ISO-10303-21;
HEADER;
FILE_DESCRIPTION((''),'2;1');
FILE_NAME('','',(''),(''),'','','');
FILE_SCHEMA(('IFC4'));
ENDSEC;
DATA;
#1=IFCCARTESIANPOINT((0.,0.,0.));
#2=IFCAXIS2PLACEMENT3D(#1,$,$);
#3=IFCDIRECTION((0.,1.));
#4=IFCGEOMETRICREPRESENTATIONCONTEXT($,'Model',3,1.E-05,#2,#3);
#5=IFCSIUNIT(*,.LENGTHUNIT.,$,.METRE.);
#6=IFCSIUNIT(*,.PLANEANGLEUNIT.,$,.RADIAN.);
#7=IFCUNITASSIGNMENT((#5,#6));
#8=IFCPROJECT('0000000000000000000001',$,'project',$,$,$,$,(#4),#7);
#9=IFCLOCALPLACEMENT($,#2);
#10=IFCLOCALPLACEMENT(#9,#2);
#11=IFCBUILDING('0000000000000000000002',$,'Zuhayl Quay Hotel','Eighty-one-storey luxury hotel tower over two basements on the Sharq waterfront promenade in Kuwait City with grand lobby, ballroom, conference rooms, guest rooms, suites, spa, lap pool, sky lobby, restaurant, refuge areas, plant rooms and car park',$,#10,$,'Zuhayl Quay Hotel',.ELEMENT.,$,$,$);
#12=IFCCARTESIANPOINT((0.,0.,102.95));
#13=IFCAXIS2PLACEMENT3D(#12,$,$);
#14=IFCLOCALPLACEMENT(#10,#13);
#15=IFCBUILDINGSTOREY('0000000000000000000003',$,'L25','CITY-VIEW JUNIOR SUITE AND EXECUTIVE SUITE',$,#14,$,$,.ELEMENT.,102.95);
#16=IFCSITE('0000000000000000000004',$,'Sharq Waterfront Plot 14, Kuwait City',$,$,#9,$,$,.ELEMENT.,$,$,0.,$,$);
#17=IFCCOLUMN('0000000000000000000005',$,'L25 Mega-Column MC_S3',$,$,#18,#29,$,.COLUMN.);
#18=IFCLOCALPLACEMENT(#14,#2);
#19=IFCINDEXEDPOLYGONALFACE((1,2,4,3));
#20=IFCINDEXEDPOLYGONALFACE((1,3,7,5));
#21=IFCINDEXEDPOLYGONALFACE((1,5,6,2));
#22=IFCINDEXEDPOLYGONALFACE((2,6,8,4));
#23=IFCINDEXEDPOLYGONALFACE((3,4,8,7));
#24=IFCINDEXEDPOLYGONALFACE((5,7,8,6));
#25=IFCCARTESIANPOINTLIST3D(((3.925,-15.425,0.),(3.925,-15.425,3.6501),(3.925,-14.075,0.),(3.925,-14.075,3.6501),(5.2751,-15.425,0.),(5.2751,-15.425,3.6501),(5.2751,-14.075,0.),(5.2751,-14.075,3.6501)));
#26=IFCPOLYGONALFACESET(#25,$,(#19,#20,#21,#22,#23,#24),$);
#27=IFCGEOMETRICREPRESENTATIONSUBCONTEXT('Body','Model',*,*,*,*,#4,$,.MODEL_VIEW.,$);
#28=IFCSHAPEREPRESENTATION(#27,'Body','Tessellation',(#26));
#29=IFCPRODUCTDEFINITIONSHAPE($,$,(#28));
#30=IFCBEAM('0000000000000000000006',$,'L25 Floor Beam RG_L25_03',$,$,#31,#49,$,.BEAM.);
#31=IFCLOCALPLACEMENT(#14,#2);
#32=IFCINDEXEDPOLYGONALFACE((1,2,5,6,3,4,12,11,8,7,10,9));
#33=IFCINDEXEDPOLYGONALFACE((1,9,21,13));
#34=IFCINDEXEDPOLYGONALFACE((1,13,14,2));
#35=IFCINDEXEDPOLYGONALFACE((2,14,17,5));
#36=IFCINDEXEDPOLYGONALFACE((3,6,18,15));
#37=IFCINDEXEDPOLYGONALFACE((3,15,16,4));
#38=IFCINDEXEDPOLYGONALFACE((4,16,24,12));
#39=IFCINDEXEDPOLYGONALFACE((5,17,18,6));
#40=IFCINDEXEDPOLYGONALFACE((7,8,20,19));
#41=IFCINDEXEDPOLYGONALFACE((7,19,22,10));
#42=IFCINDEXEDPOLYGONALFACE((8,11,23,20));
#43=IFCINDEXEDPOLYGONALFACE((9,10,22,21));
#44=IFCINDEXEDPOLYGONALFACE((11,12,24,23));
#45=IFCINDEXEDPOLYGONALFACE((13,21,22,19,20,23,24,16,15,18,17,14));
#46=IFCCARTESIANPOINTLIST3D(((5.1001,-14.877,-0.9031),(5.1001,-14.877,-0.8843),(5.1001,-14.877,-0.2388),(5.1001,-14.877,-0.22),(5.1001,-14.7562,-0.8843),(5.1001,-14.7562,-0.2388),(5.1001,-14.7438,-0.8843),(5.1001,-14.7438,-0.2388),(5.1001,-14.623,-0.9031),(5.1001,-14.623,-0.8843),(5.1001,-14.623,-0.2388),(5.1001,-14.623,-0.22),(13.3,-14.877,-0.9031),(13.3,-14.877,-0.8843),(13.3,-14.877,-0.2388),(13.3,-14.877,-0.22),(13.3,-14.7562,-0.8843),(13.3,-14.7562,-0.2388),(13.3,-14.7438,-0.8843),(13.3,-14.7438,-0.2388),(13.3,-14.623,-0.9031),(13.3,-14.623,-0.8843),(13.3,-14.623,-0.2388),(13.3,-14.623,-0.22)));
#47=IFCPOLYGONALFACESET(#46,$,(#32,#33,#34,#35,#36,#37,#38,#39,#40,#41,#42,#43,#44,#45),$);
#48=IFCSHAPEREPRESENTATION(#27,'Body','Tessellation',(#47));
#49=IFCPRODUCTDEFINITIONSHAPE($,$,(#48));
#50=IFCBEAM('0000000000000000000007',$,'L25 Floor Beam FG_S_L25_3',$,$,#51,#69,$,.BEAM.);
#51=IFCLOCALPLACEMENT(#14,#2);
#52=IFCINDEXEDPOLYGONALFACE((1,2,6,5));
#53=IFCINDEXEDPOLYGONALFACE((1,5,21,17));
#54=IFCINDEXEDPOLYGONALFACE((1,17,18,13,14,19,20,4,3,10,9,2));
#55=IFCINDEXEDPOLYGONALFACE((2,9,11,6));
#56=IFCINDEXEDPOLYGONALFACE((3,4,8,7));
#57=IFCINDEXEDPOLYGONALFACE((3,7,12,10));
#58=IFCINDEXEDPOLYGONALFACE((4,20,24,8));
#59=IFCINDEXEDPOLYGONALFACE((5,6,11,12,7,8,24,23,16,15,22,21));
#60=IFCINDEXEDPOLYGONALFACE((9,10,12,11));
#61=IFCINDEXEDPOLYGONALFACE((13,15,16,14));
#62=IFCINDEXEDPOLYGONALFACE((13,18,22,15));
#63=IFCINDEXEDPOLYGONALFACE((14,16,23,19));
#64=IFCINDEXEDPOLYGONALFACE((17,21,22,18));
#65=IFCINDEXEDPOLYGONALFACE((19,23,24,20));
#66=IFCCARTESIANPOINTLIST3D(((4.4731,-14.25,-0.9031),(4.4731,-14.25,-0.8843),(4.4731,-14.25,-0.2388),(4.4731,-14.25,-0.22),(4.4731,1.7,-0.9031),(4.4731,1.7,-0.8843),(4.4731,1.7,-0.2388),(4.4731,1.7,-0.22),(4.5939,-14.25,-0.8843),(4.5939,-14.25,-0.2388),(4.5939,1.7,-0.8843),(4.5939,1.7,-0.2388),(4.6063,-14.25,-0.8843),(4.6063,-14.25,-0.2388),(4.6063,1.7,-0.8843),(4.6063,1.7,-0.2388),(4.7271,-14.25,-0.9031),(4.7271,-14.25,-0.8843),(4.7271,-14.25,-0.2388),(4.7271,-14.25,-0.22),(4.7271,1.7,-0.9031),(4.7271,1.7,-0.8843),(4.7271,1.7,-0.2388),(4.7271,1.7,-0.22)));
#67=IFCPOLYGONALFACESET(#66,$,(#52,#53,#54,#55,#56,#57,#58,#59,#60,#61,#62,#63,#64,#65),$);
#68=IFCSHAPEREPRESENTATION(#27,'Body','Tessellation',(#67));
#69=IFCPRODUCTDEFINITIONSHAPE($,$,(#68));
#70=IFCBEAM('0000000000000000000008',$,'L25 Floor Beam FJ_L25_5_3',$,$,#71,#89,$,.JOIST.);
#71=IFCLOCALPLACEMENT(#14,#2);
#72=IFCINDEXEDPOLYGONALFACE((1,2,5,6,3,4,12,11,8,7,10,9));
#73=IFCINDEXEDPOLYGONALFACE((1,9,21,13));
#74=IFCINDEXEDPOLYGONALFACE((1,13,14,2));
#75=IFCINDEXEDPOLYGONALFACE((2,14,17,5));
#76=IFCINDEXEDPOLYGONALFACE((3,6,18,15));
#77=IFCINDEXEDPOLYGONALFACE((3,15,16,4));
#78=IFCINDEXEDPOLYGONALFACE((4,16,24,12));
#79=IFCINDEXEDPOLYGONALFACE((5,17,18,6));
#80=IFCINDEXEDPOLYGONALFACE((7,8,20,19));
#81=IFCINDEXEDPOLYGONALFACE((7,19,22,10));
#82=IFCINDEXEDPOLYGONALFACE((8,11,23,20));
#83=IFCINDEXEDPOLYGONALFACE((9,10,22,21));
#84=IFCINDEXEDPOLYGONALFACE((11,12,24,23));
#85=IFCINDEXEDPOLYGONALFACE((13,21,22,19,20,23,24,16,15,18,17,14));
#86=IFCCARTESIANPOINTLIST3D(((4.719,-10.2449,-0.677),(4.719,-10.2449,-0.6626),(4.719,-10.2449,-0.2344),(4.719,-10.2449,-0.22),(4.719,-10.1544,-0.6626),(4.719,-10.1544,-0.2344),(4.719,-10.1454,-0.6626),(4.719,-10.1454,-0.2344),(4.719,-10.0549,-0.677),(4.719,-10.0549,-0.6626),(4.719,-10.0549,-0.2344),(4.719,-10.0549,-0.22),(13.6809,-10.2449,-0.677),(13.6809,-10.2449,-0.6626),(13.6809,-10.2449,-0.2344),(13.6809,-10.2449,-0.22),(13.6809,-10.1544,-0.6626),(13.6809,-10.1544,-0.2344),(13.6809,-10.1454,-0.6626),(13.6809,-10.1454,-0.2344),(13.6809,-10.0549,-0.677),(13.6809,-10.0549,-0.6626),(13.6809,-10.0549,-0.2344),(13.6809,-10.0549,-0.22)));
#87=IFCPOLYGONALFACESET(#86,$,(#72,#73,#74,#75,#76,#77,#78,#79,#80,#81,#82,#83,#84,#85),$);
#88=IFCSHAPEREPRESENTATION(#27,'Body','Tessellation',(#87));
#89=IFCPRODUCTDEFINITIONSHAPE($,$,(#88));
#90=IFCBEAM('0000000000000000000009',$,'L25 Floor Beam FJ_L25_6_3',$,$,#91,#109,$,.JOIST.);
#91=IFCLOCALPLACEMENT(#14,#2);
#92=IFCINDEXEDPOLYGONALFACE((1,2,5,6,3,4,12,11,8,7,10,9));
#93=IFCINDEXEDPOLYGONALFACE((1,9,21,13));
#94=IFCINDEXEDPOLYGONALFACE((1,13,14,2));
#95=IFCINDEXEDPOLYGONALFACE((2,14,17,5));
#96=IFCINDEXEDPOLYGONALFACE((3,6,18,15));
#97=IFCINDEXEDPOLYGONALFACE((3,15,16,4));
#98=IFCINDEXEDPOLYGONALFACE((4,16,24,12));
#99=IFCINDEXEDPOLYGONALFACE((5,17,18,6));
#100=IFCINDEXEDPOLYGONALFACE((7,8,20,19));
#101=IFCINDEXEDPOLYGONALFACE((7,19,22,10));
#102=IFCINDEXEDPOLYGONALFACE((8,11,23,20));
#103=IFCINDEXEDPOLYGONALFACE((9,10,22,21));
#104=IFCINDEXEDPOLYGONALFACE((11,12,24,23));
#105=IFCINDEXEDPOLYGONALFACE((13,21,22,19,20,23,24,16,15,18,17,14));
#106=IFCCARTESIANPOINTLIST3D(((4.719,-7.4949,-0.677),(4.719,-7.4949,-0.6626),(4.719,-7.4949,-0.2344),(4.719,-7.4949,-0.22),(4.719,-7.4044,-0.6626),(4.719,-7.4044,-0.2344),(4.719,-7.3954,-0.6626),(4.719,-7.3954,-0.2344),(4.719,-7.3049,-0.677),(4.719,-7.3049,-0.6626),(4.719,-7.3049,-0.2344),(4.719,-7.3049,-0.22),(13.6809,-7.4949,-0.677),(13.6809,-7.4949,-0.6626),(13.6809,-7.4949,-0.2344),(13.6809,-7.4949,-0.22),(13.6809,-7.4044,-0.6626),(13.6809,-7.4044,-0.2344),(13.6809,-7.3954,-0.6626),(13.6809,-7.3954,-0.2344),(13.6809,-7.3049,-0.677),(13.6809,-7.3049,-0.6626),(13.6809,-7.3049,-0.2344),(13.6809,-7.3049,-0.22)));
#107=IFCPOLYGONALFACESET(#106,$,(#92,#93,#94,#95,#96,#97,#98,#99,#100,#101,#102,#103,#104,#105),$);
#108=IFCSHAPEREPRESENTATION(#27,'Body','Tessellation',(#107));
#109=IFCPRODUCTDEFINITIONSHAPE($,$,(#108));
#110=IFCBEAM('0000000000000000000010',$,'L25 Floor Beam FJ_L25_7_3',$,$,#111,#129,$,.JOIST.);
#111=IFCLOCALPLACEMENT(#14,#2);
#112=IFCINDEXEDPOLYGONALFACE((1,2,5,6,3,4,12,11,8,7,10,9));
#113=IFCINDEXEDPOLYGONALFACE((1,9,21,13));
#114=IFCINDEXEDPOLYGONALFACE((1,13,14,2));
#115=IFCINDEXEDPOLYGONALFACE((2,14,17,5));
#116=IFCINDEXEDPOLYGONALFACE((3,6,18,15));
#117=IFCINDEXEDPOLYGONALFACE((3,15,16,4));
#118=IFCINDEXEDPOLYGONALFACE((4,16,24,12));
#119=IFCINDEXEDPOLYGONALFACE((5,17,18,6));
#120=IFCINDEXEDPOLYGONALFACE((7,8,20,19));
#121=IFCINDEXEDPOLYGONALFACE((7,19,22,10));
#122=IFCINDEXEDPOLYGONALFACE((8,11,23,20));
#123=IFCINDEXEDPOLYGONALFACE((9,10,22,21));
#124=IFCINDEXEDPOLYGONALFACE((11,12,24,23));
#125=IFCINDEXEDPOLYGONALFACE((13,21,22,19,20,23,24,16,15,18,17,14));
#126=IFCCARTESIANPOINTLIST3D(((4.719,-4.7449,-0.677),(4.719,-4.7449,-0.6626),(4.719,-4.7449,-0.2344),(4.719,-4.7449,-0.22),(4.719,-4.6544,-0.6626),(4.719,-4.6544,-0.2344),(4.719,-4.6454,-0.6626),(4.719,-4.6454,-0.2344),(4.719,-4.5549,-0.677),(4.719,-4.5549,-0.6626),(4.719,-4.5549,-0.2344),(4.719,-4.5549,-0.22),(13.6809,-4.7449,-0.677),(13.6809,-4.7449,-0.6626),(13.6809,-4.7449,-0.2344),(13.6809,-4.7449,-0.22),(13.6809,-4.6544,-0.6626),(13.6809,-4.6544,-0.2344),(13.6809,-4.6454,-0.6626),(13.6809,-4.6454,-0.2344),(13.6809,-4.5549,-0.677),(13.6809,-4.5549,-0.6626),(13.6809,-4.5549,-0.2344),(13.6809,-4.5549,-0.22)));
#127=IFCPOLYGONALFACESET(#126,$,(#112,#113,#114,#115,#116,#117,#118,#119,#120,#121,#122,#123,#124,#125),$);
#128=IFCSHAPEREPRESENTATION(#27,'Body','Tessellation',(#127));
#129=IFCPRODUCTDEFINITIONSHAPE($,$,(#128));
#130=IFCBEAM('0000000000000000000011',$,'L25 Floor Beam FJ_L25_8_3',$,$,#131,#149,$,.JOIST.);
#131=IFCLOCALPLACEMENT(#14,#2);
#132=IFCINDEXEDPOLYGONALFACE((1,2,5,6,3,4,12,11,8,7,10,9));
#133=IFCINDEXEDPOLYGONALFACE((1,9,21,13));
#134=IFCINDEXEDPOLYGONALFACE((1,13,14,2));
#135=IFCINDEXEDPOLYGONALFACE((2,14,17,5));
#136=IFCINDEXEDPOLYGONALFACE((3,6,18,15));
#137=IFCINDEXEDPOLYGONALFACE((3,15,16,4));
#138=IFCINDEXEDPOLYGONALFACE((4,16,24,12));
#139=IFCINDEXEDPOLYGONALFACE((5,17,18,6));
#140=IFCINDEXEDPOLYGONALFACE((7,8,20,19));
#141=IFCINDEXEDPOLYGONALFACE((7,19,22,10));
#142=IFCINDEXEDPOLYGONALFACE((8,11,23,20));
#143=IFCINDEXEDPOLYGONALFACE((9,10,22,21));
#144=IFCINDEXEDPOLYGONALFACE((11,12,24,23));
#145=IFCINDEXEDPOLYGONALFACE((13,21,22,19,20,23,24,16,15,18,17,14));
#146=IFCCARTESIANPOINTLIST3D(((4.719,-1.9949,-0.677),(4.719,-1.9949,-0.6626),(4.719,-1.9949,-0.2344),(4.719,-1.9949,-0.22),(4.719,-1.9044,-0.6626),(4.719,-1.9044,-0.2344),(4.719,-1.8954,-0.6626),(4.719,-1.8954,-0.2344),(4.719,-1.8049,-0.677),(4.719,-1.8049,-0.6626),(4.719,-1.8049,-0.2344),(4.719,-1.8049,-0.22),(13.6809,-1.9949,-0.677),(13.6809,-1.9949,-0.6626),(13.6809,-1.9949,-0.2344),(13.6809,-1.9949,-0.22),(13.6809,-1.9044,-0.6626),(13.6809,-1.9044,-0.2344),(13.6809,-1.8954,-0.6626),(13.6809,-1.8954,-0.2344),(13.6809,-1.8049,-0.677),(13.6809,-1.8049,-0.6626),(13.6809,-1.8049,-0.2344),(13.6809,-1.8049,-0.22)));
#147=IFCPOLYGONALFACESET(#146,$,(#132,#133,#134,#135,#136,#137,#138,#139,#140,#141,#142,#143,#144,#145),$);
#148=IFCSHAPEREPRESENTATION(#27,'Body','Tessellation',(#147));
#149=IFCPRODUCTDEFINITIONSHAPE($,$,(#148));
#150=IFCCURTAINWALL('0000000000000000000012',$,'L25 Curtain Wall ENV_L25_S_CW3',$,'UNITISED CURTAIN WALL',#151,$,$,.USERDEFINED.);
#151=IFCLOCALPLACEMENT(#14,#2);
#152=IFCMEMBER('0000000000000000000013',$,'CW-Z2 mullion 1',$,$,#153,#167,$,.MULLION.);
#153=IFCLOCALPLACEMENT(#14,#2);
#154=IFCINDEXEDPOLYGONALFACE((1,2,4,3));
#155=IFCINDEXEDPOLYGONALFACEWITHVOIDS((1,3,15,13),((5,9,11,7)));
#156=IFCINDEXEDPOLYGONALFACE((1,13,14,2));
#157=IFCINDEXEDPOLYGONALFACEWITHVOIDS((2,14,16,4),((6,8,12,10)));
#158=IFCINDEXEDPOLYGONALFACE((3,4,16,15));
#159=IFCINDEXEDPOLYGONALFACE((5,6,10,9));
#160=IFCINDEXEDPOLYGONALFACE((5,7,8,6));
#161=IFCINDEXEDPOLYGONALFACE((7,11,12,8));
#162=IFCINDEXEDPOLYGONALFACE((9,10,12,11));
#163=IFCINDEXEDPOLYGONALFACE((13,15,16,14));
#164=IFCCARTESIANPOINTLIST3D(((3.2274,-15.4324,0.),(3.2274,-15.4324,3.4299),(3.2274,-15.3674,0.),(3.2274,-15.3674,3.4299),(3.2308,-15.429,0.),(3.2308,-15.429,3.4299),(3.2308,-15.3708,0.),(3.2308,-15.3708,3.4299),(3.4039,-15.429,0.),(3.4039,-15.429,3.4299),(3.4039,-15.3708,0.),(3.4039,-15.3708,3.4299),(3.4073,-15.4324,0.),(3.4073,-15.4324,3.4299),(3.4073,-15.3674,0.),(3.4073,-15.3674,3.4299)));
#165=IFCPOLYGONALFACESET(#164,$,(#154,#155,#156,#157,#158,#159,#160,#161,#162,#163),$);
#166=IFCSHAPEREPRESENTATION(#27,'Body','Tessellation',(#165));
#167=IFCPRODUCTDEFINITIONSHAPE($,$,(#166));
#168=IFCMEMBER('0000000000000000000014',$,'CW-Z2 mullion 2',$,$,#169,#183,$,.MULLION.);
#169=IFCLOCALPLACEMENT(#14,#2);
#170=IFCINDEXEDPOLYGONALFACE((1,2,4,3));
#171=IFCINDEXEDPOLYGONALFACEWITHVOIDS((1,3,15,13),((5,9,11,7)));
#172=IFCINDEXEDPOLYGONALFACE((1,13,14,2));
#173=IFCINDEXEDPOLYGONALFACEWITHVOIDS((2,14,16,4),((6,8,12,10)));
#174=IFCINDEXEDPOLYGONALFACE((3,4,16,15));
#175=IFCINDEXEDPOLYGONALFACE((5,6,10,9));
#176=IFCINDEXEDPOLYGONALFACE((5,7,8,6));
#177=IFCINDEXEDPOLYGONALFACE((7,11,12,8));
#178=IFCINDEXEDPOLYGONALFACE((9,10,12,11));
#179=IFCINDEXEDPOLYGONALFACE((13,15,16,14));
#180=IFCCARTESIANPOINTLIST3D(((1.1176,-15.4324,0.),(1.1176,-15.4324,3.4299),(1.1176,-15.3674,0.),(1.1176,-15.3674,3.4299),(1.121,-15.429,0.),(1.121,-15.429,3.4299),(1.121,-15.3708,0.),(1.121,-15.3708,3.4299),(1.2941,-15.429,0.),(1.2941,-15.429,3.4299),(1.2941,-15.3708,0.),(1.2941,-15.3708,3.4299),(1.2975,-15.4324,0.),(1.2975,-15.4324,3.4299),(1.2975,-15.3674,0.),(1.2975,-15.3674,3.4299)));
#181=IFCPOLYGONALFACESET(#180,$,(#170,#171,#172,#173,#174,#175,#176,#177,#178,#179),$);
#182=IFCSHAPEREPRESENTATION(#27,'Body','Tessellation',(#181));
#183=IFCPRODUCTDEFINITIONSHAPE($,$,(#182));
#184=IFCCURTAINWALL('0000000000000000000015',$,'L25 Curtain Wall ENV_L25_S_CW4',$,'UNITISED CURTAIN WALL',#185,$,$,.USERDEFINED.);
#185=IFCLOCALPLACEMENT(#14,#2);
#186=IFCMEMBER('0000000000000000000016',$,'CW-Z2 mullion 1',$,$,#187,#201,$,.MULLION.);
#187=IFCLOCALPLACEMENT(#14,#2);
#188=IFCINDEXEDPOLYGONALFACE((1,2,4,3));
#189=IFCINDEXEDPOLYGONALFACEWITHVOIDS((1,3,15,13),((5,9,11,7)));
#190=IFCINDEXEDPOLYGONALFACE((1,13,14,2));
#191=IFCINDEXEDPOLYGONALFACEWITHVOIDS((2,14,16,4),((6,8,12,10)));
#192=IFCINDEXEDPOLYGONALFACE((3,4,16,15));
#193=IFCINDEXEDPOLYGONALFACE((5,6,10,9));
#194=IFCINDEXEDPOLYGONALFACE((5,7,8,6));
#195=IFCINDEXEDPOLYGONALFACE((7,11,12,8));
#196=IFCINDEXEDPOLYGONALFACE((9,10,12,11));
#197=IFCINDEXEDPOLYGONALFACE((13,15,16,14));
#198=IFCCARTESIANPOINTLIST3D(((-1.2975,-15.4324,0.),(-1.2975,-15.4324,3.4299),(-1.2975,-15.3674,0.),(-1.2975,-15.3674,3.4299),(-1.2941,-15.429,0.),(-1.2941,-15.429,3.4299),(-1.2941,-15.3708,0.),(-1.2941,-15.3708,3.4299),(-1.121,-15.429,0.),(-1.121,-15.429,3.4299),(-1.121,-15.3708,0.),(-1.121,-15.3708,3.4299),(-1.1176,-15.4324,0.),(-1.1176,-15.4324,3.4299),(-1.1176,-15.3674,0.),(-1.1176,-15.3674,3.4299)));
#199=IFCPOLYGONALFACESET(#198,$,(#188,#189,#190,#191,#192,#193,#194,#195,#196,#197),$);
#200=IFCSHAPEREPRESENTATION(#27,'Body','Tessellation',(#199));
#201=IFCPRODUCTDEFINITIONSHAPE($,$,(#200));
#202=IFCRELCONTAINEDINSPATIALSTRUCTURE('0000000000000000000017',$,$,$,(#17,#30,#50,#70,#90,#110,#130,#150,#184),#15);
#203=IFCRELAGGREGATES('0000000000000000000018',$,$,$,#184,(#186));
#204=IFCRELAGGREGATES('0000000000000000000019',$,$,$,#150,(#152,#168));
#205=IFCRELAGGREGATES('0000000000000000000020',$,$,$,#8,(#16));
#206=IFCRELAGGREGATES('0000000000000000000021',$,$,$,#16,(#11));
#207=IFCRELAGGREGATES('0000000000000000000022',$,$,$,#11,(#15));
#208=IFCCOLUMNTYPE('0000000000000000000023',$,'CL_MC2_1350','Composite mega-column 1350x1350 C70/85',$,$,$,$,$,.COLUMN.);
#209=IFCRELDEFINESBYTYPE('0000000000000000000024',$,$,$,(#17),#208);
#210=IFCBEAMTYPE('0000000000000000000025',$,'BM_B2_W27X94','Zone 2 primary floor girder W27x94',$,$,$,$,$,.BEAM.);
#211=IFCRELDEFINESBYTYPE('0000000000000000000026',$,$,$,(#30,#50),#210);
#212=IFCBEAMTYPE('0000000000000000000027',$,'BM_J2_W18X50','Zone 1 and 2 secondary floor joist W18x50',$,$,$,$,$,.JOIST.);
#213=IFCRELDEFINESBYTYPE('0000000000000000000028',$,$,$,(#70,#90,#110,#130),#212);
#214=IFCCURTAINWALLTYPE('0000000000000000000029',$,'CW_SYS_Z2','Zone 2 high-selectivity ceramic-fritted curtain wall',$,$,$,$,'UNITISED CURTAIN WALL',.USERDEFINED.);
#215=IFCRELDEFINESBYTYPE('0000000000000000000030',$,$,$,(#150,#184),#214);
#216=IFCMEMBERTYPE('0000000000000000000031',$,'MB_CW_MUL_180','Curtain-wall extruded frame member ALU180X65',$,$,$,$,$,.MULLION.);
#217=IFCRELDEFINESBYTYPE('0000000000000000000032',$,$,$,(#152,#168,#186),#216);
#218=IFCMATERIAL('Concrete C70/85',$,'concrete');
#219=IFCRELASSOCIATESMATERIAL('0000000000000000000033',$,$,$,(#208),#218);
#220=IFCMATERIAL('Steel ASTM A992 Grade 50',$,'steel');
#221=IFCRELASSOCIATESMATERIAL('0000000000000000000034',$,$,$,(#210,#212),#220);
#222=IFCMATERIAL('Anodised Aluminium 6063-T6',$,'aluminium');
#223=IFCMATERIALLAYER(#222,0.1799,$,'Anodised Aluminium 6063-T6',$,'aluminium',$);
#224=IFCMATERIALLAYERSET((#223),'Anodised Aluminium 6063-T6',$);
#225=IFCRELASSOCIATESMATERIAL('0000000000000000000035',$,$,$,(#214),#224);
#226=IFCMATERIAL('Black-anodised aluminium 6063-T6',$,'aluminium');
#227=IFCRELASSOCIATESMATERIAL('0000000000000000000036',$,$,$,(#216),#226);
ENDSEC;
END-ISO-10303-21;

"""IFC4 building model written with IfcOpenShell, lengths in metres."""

from ifc_helpers import new_model, si_unit, direction, frame, origin, origin_2d, place, context, subcontext, project, spatial, rectangle, hollow_rectangle, i_section, extrude, material, layer, layer_set, material_profile, profile_set, type_object, element, aggregate, save


model = new_model("IFC4")

# Units and contexts
model_context = context("Model", 3, precision=1e-05, world=origin(), true_north=direction((0.0, 1.0)))
body_context = subcontext(model_context, "Body", "Model", "MODEL_VIEW")
ifc_project = project(units=[si_unit("LENGTHUNIT", "METRE"), si_unit("PLANEANGLEUNIT", "RADIAN")], contexts=[model_context])

# Site, building, storey
site_placement = place(None, origin())
site = spatial("IfcSite", under=ifc_project, at=site_placement, Name="Sharq Waterfront Plot 14, Kuwait City", CompositionType="ELEMENT", RefElevation=0.0)
building_placement = place(site_placement, origin())
building = spatial("IfcBuilding", under=site, at=building_placement, Name="Zuhayl Quay Hotel", Description="Eighty-one-storey luxury hotel tower over two basements on the Sharq waterfront promenade in Kuwait City with grand lobby, ballroom, conference rooms, guest rooms, suites, spa, lap pool, sky lobby, restaurant, refuge areas, plant rooms and car park", LongName="Zuhayl Quay Hotel", CompositionType="ELEMENT")
storey_placement = place(building_placement, frame((0.0, 0.0, 102.95)))
storey = spatial("IfcBuildingStorey", under=building, at=storey_placement, Name="L25", Description="CITY-VIEW JUNIOR SUITE AND EXECUTIVE SUITE", CompositionType="ELEMENT", Elevation=102.95)

# Column
ifc_material_1 = material(Name="Concrete C70/85", Category="concrete")
ifc_material_profile_1 = material_profile(ifc_material_1, rectangle(XDim=1.3501, YDim=1.3501, at=origin_2d()), Name="RC1350X1350")
ifc_profile_set_1 = profile_set([ifc_material_profile_1], Name="Concrete C70/85")
column_type = type_object("IfcColumnType", Name="CL_MC2_1350", Description="Composite mega-column 1350x1350 C70/85", PredefinedType="COLUMN", material=ifc_profile_set_1)
column_placement = place(storey_placement, frame((4.6001, -14.75, 0.0), z_axis=(0.0, 0.0, 1.0), x_axis=(1.0, 0.0, 0.0)))
element("IfcColumn", 1, at=column_placement, inside=storey, type_object=column_type, Name="L25 Mega-Column MC_S3", PredefinedType="COLUMN", context=body_context, shape_type="SweptSolid", body=[
    extrude(rectangle(XDim=1.3501, YDim=1.3501, at=origin_2d()), origin(), (0.0, 0.0, 1.0), 3.6501),
])

# Beams
ifc_material_2 = material(Name="Steel ASTM A992 Grade 50", Category="steel")
ifc_material_profile_2 = material_profile(ifc_material_2, i_section(OverallWidth=0.2539, OverallDepth=0.6831, WebThickness=0.0125, FlangeThickness=0.0188, at=origin_2d()), Name="W27X94")
ifc_profile_set_2 = profile_set([ifc_material_profile_2], Name="Steel ASTM A992 Grade 50")
beam_type_1 = type_object("IfcBeamType", Name="BM_B2_W27X94", Description="Zone 2 primary floor girder W27x94", PredefinedType="BEAM", material=ifc_profile_set_2)
beam_1_placement = place(storey_placement, frame((5.1001, -14.75, -0.5615), z_axis=(1.0, 0.0, 0.0), x_axis=(0.0, 1.0, 0.0)))
element("IfcBeam", 2, at=beam_1_placement, inside=storey, type_object=beam_type_1, Name="L25 Floor Beam RG_L25_03", PredefinedType="BEAM", context=body_context, shape_type="SweptSolid", body=[
    extrude(i_section(OverallWidth=0.2539, OverallDepth=0.6831, WebThickness=0.0125, FlangeThickness=0.0188, at=origin_2d()), origin(), (0.0, 0.0, 1.0), 8.2),
])
beam_2_placement = place(storey_placement, frame((4.6001, -14.25, -0.5615), z_axis=(0.0, 1.0, 0.0), x_axis=(-1.0, 0.0, 0.0)))
element("IfcBeam", 3, at=beam_2_placement, inside=storey, type_object=beam_type_1, Name="L25 Floor Beam FG_S_L25_3", PredefinedType="BEAM", context=body_context, shape_type="SweptSolid", body=[
    extrude(i_section(OverallWidth=0.2539, OverallDepth=0.6831, WebThickness=0.0125, FlangeThickness=0.0188, at=origin_2d()), origin(), (0.0, 0.0, 1.0), 15.95),
])
ifc_material_profile_3 = material_profile(ifc_material_2, i_section(OverallWidth=0.1899, OverallDepth=0.457, WebThickness=0.009, FlangeThickness=0.0144, at=origin_2d()), Name="W18X50")
ifc_profile_set_3 = profile_set([ifc_material_profile_3], Name="Steel ASTM A992 Grade 50")
beam_type_2 = type_object("IfcBeamType", Name="BM_J2_W18X50", Description="Zone 1 and 2 secondary floor joist W18x50", PredefinedType="JOIST", material=ifc_profile_set_3)
for number, where, z_axis, x_axis, name in (
    (4, (4.719, -10.1499, -0.4485), (1.0, 0.0, 0.0), (0.0, 1.0, 0.0), "L25 Floor Beam FJ_L25_5_3"),
    (5, (4.719, -7.3999, -0.4485), (1.0, 0.0, 0.0), (0.0, 1.0, 0.0), "L25 Floor Beam FJ_L25_6_3"),
    (6, (4.719, -4.6499, -0.4485), (1.0, 0.0, 0.0), (0.0, 1.0, 0.0), "L25 Floor Beam FJ_L25_7_3"),
    (7, (4.719, -1.8999, -0.4485), (1.0, 0.0, 0.0), (0.0, 1.0, 0.0), "L25 Floor Beam FJ_L25_8_3"),
):
    element("IfcBeam", number, at=place(storey_placement, frame(where, z_axis=z_axis, x_axis=x_axis)), inside=storey, type_object=beam_type_2, Name=name, PredefinedType="JOIST", context=body_context, shape_type="SweptSolid", body=[
        extrude(i_section(OverallWidth=0.1899, OverallDepth=0.457, WebThickness=0.009, FlangeThickness=0.0144, at=origin_2d()), origin(), (0.0, 0.0, 1.0), 8.9619),
    ])

# Curtain wall, members
ifc_material_3 = material(Name="Anodised Aluminium 6063-T6", Category="aluminium")
ifc_layer_1 = layer(ifc_material_3, 0.1799, Name="Anodised Aluminium 6063-T6", Category="aluminium")
ifc_layer_set_1 = layer_set([ifc_layer_1], Name="Anodised Aluminium 6063-T6")
curtain_wall_type = type_object("IfcCurtainWallType", Name="CW_SYS_Z2", Description="Zone 2 high-selectivity ceramic-fritted curtain wall", ElementType="UNITISED CURTAIN WALL", PredefinedType="USERDEFINED", material=ifc_layer_set_1)
curtain_wall_1_placement = place(storey_placement, origin())
curtain_wall_1 = element("IfcCurtainWall", 8, at=curtain_wall_1_placement, inside=storey, type_object=curtain_wall_type, Name="L25 Curtain Wall ENV_L25_S_CW3", ObjectType="UNITISED CURTAIN WALL", PredefinedType="USERDEFINED")
ifc_material_4 = material(Name="Black-anodised aluminium 6063-T6", Category="aluminium")
ifc_material_profile_4 = material_profile(ifc_material_4, hollow_rectangle(XDim=0.0649, YDim=0.1799, WallThickness=0.0034, at=origin_2d()), Name="ALU180X65")
ifc_profile_set_4 = profile_set([ifc_material_profile_4], Name="Black-anodised aluminium 6063-T6")
member_type_1 = type_object("IfcMemberType", Name="MB_CW_MUL_180", Description="Curtain-wall extruded frame member ALU180X65", PredefinedType="MULLION", material=ifc_profile_set_4)
member_1_placement = place(storey_placement, frame((3.3174, -15.3999, 0.0), z_axis=(0.0, 0.0, 1.0), x_axis=(0.0, -1.0, 0.0)))
member_1 = element("IfcMember", 9, at=member_1_placement, type_object=member_type_1, Name="CW-Z2 mullion 1", PredefinedType="MULLION", context=body_context, shape_type="SweptSolid", body=[
    extrude(hollow_rectangle(XDim=0.0649, YDim=0.1799, WallThickness=0.0034, at=origin_2d()), origin(), (0.0, 0.0, 1.0), 3.4299),
])
member_2_placement = place(storey_placement, frame((1.2075, -15.3999, 0.0), z_axis=(0.0, 0.0, 1.0), x_axis=(0.0, -1.0, 0.0)))
member_2 = element("IfcMember", 10, at=member_2_placement, type_object=member_type_1, Name="CW-Z2 mullion 2", PredefinedType="MULLION", context=body_context, shape_type="SweptSolid", body=[
    extrude(hollow_rectangle(XDim=0.0649, YDim=0.1799, WallThickness=0.0034, at=origin_2d()), origin(), (0.0, 0.0, 1.0), 3.4299),
])

# Curtain wall, member
curtain_wall_2_placement = place(storey_placement, origin())
curtain_wall_2 = element("IfcCurtainWall", 11, at=curtain_wall_2_placement, inside=storey, type_object=curtain_wall_type, Name="L25 Curtain Wall ENV_L25_S_CW4", ObjectType="UNITISED CURTAIN WALL", PredefinedType="USERDEFINED")
member_3_placement = place(storey_placement, frame((-1.2075, -15.3999, 0.0), z_axis=(0.0, 0.0, 1.0), x_axis=(0.0, -1.0, 0.0)))
member_3 = element("IfcMember", 12, at=member_3_placement, type_object=member_type_1, Name="CW-Z2 mullion 1", PredefinedType="MULLION", context=body_context, shape_type="SweptSolid", body=[
    extrude(hollow_rectangle(XDim=0.0649, YDim=0.1799, WallThickness=0.0034, at=origin_2d()), origin(), (0.0, 0.0, 1.0), 3.4299),
])
aggregate(curtain_wall_2, [member_3])

aggregate(curtain_wall_1, [member_1, member_2])

save(model, "model.ifc")
